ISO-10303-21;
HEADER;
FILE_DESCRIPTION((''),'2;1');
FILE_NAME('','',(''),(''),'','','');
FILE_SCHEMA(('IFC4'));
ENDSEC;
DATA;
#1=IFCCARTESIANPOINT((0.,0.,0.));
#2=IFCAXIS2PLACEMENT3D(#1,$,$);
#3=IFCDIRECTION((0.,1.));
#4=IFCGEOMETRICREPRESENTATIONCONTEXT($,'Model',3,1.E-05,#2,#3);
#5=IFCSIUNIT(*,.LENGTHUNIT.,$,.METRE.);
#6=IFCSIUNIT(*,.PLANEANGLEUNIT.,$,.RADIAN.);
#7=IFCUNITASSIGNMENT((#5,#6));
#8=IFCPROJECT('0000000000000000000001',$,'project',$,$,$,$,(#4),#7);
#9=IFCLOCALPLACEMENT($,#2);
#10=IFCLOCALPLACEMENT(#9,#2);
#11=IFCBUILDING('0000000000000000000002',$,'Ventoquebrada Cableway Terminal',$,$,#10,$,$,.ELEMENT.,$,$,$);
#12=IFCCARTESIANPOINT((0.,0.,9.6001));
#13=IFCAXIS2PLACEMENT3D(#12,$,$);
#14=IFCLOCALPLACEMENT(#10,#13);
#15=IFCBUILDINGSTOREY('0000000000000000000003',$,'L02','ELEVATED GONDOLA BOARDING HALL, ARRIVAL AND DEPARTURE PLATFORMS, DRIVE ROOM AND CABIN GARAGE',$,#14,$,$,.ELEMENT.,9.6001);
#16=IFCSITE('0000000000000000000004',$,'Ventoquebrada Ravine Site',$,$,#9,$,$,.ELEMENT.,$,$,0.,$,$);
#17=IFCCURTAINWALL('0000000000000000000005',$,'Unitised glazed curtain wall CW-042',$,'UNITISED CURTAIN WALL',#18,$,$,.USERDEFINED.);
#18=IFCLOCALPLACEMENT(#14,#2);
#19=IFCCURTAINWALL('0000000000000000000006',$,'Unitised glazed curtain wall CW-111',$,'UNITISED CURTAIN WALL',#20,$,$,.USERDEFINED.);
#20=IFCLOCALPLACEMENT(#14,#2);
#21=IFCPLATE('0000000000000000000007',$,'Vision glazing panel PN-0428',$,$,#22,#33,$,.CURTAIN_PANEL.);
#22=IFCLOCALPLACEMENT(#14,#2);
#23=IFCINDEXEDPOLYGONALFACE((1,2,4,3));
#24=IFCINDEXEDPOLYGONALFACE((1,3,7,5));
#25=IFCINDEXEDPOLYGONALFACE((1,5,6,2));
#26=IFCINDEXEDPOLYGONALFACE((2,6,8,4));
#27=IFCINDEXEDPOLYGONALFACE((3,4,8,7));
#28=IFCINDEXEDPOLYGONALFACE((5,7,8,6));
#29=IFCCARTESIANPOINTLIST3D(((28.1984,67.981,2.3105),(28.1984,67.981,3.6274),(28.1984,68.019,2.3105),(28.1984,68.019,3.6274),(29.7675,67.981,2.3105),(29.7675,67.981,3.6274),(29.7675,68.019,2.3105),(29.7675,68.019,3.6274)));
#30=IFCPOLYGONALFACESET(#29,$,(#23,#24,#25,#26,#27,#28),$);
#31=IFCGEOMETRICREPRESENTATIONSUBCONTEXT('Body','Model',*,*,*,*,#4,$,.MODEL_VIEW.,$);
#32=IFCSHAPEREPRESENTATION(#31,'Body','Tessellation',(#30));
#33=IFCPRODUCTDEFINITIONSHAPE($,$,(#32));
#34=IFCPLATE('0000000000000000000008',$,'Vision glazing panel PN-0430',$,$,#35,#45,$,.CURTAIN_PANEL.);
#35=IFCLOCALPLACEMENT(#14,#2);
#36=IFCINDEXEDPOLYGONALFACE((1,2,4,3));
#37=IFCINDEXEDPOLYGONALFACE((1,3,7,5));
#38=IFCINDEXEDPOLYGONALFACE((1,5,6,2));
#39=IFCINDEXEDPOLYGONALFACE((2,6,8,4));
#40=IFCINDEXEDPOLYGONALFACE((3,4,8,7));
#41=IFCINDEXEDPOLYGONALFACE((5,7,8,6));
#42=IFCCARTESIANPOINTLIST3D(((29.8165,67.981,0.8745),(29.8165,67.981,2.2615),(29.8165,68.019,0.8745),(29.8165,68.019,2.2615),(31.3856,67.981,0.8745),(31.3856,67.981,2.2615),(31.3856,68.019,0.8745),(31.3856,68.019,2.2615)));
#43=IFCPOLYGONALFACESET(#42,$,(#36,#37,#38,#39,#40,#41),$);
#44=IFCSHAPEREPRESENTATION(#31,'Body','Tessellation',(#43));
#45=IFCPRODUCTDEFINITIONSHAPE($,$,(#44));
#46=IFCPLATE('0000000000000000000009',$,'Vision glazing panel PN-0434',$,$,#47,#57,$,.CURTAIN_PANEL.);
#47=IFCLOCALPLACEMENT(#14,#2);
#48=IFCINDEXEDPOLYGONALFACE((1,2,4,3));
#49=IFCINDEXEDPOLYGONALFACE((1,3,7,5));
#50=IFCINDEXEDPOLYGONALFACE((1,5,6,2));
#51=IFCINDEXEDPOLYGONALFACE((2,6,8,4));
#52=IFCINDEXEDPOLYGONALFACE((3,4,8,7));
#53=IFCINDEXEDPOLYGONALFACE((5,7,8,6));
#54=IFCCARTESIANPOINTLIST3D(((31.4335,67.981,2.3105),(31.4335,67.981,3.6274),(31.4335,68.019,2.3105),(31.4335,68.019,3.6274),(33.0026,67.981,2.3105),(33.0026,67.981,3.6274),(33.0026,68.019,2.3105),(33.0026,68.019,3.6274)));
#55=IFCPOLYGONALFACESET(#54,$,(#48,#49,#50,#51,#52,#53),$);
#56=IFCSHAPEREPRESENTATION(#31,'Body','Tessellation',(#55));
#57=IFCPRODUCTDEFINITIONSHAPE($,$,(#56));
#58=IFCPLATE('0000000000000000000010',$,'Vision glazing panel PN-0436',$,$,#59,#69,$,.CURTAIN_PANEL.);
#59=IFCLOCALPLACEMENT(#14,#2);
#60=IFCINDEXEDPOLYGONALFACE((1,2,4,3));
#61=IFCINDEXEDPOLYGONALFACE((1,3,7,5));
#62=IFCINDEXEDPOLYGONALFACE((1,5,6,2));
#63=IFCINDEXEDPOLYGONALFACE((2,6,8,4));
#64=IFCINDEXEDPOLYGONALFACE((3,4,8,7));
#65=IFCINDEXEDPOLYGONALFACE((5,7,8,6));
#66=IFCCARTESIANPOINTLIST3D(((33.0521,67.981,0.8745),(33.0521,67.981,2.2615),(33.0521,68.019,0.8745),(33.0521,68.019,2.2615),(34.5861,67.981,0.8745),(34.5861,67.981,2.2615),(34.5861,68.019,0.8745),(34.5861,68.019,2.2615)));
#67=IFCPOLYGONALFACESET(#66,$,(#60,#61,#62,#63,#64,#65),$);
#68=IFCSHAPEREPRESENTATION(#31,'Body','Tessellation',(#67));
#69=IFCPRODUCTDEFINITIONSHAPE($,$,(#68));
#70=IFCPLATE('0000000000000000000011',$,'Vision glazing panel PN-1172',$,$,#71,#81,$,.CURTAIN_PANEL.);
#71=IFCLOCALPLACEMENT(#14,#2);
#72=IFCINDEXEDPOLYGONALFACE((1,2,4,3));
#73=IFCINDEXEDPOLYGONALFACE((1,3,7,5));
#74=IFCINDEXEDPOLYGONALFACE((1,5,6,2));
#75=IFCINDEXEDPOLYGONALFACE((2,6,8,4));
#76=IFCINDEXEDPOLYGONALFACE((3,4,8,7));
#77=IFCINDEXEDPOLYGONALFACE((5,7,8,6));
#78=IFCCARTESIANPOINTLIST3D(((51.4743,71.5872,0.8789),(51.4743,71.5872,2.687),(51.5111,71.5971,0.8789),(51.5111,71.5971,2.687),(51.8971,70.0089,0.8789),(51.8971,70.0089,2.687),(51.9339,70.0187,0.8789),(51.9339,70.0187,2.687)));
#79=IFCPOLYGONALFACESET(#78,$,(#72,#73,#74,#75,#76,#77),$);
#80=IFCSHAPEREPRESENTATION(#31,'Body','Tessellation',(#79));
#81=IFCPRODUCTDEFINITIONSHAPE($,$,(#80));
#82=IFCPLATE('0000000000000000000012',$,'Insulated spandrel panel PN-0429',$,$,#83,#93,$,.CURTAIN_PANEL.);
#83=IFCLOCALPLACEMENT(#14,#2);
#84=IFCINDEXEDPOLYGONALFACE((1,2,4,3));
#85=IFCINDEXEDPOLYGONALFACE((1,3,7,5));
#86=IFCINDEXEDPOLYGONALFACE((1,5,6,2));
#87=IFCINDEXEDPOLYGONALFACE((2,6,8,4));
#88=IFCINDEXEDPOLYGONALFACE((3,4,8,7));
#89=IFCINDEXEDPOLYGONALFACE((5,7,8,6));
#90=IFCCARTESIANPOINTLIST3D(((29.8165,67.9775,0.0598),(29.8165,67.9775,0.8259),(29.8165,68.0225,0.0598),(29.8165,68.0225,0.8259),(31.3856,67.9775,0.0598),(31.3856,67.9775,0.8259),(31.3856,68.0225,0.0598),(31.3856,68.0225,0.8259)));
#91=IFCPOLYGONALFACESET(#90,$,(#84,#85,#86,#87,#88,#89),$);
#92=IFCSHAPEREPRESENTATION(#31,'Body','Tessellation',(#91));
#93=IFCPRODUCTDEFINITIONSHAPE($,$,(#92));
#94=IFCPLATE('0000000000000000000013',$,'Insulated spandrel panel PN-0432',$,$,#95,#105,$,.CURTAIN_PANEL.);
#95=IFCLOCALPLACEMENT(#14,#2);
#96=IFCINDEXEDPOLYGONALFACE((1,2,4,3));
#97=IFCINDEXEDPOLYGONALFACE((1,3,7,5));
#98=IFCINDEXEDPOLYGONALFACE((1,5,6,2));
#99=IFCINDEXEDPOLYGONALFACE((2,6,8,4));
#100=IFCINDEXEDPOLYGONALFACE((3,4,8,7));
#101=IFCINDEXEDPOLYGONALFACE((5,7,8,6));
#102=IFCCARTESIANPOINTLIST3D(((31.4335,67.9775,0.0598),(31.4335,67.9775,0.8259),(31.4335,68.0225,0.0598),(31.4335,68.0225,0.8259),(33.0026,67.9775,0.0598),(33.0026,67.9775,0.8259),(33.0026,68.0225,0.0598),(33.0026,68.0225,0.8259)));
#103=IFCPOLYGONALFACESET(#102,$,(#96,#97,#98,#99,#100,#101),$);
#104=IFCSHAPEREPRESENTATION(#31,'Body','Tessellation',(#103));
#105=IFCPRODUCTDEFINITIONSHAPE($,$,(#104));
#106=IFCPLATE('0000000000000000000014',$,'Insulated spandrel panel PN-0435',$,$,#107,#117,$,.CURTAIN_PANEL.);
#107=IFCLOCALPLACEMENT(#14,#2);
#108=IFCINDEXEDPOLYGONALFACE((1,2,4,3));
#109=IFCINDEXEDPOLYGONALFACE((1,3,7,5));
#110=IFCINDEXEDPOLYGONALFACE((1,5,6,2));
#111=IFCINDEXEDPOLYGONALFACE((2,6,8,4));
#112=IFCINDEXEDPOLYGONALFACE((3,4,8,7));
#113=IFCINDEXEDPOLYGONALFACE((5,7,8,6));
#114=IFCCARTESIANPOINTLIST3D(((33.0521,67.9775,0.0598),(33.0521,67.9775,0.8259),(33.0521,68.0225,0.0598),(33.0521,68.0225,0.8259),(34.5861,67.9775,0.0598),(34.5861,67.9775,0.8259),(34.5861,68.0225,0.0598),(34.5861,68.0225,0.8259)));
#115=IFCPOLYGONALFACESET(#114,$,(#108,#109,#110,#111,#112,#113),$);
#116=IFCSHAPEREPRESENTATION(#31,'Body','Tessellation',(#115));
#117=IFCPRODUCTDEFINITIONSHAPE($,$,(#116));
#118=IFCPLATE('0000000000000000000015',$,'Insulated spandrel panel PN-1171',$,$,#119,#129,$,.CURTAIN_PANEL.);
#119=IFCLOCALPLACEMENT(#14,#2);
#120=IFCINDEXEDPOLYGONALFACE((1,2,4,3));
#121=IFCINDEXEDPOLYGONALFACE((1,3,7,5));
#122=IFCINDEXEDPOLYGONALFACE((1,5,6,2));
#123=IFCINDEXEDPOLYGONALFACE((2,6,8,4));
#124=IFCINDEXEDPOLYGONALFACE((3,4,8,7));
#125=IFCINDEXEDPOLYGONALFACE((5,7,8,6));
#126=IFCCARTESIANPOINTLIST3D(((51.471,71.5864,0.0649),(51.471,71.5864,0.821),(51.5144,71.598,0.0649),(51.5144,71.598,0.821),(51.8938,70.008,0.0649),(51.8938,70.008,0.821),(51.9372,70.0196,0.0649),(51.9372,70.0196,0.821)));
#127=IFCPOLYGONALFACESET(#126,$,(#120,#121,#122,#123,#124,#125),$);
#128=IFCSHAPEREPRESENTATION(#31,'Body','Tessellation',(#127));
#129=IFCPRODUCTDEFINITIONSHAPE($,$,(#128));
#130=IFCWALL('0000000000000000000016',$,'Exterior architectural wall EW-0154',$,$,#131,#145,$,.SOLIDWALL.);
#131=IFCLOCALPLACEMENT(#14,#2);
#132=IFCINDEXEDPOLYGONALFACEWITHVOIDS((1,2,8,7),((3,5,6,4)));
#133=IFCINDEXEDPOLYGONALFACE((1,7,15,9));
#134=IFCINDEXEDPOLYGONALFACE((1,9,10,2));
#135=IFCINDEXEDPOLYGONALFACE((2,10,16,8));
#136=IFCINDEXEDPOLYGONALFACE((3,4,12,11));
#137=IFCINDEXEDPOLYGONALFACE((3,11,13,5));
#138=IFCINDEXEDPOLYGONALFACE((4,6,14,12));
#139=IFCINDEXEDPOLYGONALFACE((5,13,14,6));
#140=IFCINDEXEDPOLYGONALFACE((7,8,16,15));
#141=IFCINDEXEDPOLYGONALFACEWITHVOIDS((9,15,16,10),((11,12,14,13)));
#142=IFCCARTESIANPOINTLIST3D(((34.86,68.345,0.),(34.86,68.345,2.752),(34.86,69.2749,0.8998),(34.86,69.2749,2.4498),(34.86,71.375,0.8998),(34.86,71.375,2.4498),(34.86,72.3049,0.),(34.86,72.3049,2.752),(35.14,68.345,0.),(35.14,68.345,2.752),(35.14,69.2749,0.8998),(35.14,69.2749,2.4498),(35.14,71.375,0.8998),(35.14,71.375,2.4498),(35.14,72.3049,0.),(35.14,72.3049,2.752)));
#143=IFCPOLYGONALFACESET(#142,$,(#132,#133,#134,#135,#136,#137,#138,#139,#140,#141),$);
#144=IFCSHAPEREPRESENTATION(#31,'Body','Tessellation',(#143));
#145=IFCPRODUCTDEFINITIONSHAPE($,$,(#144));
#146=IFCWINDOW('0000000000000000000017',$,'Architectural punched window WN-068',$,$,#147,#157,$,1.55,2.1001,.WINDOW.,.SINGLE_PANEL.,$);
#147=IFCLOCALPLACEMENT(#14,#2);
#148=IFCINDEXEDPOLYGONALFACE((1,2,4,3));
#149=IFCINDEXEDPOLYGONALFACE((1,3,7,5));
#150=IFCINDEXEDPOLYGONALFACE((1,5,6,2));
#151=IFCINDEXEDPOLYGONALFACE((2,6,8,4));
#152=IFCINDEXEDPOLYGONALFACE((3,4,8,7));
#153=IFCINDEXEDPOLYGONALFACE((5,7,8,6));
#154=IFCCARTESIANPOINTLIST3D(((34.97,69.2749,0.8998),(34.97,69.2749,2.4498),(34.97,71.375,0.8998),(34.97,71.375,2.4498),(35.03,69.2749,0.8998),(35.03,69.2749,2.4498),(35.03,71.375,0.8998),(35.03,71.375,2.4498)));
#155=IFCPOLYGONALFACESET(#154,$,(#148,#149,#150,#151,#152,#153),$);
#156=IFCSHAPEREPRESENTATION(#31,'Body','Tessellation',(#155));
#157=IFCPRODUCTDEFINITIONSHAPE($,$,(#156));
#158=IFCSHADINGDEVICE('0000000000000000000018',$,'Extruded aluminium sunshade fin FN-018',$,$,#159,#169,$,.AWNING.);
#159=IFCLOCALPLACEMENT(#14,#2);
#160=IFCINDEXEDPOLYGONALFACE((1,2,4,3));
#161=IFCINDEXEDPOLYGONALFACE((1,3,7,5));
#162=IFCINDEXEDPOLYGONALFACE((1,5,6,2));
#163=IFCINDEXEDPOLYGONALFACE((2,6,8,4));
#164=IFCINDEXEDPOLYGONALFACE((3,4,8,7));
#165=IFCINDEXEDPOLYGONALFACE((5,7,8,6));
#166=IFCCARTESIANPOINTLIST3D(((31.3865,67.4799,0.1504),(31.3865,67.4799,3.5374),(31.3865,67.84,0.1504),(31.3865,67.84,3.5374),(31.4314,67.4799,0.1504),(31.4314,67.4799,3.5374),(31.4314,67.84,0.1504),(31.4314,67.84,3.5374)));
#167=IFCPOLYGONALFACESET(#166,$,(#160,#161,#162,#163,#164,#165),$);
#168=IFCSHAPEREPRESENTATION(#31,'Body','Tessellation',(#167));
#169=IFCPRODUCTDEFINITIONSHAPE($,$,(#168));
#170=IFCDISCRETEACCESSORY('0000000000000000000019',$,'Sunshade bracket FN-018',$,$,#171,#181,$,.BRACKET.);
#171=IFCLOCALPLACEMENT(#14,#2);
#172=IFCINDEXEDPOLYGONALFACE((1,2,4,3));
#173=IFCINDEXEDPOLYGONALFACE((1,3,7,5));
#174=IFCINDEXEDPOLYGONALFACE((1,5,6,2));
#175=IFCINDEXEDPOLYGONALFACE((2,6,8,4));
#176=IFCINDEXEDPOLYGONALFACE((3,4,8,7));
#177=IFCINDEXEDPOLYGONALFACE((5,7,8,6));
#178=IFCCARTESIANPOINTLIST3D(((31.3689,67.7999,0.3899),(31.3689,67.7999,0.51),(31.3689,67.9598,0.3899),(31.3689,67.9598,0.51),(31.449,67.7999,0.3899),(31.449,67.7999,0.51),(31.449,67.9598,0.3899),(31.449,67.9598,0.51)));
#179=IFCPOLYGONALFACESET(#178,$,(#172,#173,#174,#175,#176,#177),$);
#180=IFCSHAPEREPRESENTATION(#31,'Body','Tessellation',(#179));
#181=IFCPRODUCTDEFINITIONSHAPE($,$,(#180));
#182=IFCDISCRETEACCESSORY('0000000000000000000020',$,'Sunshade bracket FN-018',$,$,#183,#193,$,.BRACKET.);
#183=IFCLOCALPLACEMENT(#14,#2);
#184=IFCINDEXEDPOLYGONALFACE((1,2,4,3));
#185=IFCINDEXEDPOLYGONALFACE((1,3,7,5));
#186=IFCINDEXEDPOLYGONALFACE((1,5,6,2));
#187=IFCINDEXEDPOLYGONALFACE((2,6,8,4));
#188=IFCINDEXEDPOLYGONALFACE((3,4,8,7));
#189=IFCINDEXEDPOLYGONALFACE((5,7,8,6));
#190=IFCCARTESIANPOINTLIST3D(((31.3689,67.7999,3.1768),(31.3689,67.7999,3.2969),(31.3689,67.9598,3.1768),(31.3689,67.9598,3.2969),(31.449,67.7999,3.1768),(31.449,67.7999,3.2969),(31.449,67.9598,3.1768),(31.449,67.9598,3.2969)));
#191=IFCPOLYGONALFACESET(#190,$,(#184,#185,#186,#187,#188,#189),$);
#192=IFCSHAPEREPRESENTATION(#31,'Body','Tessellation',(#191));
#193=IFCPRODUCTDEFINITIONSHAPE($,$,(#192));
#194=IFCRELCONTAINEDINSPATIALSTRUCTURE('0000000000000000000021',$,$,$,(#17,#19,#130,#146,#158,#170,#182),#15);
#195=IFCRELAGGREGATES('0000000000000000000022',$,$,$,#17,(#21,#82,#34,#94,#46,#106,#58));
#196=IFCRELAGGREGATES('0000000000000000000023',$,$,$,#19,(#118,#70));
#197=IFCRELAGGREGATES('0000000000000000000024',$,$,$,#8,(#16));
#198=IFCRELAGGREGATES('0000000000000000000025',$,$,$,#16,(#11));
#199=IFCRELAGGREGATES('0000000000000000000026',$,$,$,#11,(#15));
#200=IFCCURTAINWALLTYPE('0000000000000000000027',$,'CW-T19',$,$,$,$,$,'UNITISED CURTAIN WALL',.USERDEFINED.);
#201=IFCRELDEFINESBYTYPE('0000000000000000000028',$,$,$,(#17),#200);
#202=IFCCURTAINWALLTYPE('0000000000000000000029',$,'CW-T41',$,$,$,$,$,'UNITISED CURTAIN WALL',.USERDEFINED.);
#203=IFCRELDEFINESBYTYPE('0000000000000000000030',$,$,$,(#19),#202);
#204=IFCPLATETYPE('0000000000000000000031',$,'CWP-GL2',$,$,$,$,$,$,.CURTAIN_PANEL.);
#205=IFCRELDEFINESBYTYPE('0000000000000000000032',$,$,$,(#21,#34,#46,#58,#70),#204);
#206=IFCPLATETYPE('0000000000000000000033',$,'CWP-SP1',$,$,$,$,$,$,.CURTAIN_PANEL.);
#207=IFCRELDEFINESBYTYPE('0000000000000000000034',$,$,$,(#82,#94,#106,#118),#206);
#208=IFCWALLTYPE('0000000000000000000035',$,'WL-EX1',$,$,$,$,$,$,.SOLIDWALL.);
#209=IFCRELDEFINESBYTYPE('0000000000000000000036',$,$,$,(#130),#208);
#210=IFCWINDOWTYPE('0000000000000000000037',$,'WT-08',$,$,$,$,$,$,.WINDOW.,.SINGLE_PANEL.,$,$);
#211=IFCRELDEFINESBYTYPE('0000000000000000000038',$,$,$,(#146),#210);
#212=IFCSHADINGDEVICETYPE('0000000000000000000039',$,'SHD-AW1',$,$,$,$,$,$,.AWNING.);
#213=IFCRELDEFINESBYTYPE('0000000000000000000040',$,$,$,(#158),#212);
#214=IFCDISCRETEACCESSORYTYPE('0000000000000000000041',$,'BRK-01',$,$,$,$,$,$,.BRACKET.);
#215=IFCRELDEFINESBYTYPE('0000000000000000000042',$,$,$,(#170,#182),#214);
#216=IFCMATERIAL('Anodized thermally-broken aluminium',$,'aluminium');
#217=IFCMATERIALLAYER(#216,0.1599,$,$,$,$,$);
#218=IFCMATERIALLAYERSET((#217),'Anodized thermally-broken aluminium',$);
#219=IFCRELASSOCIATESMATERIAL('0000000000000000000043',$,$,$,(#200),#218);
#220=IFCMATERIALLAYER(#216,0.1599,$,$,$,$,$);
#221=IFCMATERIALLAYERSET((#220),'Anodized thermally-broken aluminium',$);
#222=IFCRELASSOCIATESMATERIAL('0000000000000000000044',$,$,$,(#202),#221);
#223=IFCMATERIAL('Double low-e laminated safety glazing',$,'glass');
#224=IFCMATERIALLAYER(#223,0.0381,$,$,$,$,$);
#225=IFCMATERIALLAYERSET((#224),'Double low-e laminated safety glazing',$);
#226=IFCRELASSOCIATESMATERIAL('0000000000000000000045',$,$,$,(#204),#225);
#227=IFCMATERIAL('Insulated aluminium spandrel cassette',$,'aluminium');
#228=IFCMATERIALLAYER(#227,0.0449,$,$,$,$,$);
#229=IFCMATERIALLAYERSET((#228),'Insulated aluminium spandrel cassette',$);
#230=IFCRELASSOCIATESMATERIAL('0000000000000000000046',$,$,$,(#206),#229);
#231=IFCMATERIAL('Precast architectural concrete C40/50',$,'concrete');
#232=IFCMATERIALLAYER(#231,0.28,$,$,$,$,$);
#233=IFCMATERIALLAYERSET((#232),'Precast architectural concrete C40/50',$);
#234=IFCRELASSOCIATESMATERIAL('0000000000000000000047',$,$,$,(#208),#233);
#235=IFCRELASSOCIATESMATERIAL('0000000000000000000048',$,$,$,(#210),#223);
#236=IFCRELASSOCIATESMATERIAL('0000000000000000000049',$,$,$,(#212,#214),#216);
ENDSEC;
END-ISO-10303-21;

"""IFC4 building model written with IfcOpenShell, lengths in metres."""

from ifc_helpers import new_model, si_unit, direction, frame, frame_2d, origin, origin_2d, place, context, subcontext, project, spatial, rectangle, extrude, material, layer, layer_set, type_object, element, fill, aggregate, save


model = new_model("IFC4")

# Units and contexts
model_context = context("Model", 3, precision=1e-05, world=origin(), true_north=direction((0.0, 1.0)))
body_context = subcontext(model_context, "Body", "Model", "MODEL_VIEW")
ifc_project = project(units=[si_unit("LENGTHUNIT", "METRE"), si_unit("PLANEANGLEUNIT", "RADIAN")], contexts=[model_context])

# Site, building, storey
site_placement = place(None, origin())
site = spatial("IfcSite", under=ifc_project, at=site_placement, Name="Ventoquebrada Ravine Site", CompositionType="ELEMENT", RefElevation=0.0)
building_placement = place(site_placement, origin())
building = spatial("IfcBuilding", under=site, at=building_placement, Name="Ventoquebrada Cableway Terminal", CompositionType="ELEMENT")
storey_placement = place(building_placement, frame((0.0, 0.0, 9.6001)))
storey = spatial("IfcBuildingStorey", under=building, at=storey_placement, Name="L02", Description="ELEVATED GONDOLA BOARDING HALL, ARRIVAL AND DEPARTURE PLATFORMS, DRIVE ROOM AND CABIN GARAGE", CompositionType="ELEMENT", Elevation=9.6001)

# Curtain wall
ifc_material_1 = material(Name="Anodized thermally-broken aluminium", Category="aluminium")
ifc_layer_1 = layer(ifc_material_1, 0.1599)
ifc_layer_set_1 = layer_set([ifc_layer_1], Name="Anodized thermally-broken aluminium")
curtain_wall_type_1 = type_object("IfcCurtainWallType", Name="CW-T19", ElementType="UNITISED CURTAIN WALL", PredefinedType="USERDEFINED", material=ifc_layer_set_1)
curtain_wall_1_placement = place(storey_placement, origin())
curtain_wall_1 = element("IfcCurtainWall", 1, at=curtain_wall_1_placement, inside=storey, type_object=curtain_wall_type_1, Name="Unitised glazed curtain wall CW-042", ObjectType="UNITISED CURTAIN WALL", PredefinedType="USERDEFINED")

# Curtain wall
ifc_layer_2 = layer(ifc_material_1, 0.1599)
ifc_layer_set_2 = layer_set([ifc_layer_2], Name="Anodized thermally-broken aluminium")
curtain_wall_type_2 = type_object("IfcCurtainWallType", Name="CW-T41", ElementType="UNITISED CURTAIN WALL", PredefinedType="USERDEFINED", material=ifc_layer_set_2)
curtain_wall_2_placement = place(storey_placement, origin())
curtain_wall_2 = element("IfcCurtainWall", 2, at=curtain_wall_2_placement, inside=storey, type_object=curtain_wall_type_2, Name="Unitised glazed curtain wall CW-111", ObjectType="UNITISED CURTAIN WALL", PredefinedType="USERDEFINED")

# Plates
ifc_material_2 = material(Name="Double low-e laminated safety glazing", Category="glass")
ifc_layer_3 = layer(ifc_material_2, 0.0381)
ifc_layer_set_3 = layer_set([ifc_layer_3], Name="Double low-e laminated safety glazing")
plate_type_1 = type_object("IfcPlateType", Name="CWP-GL2", PredefinedType="CURTAIN_PANEL", material=ifc_layer_set_3)
plate_1_placement = place(storey_placement, frame((28.9829, 68.0, 2.3105), z_axis=(0.0, 0.0, 1.0), x_axis=(1.0, 0.0, 0.0)))
plate_1 = element("IfcPlate", 3, at=plate_1_placement, type_object=plate_type_1, Name="Vision glazing panel PN-0428", PredefinedType="CURTAIN_PANEL", context=body_context, shape_type="SweptSolid", body=[
    extrude(rectangle(XDim=1.5691, YDim=0.0381, at=origin_2d()), origin(), (0.0, 0.0, 1.0), 1.3169),
])
plate_2_placement = place(storey_placement, frame((30.6011, 68.0, 0.8745), z_axis=(0.0, 0.0, 1.0), x_axis=(1.0, 0.0, 0.0)))
plate_2 = element("IfcPlate", 4, at=plate_2_placement, type_object=plate_type_1, Name="Vision glazing panel PN-0430", PredefinedType="CURTAIN_PANEL", context=body_context, shape_type="SweptSolid", body=[
    extrude(rectangle(XDim=1.5691, YDim=0.0381, at=origin_2d()), origin(), (0.0, 0.0, 1.0), 1.387),
])
plate_3_placement = place(storey_placement, frame((32.218, 68.0, 2.3105), z_axis=(0.0, 0.0, 1.0), x_axis=(1.0, 0.0, 0.0)))
plate_3 = element("IfcPlate", 5, at=plate_3_placement, type_object=plate_type_1, Name="Vision glazing panel PN-0434", PredefinedType="CURTAIN_PANEL", context=body_context, shape_type="SweptSolid", body=[
    extrude(rectangle(XDim=1.5691, YDim=0.0381, at=origin_2d()), origin(), (0.0, 0.0, 1.0), 1.3169),
])
plate_4_placement = place(storey_placement, frame((33.8191, 68.0, 0.8745), z_axis=(0.0, 0.0, 1.0), x_axis=(1.0, 0.0, 0.0)))
plate_4 = element("IfcPlate", 6, at=plate_4_placement, type_object=plate_type_1, Name="Vision glazing panel PN-0436", PredefinedType="CURTAIN_PANEL", context=body_context, shape_type="SweptSolid", body=[
    extrude(rectangle(XDim=1.5339, YDim=0.0381, at=origin_2d()), origin(), (0.0, 0.0, 1.0), 1.387),
])
plate_5_placement = place(storey_placement, frame((51.7041, 70.803, 0.8789), z_axis=(0.0, 0.0, 1.0), x_axis=(0.258752, -0.965944, 0.0)))
plate_5 = element("IfcPlate", 7, at=plate_5_placement, type_object=plate_type_1, Name="Vision glazing panel PN-1172", PredefinedType="CURTAIN_PANEL", context=body_context, shape_type="SweptSolid", body=[
    extrude(rectangle(XDim=1.634, YDim=0.0381, at=origin_2d()), origin(), (0.0, 0.0, 1.0), 1.8081),
])
ifc_material_3 = material(Name="Insulated aluminium spandrel cassette", Category="aluminium")
ifc_layer_4 = layer(ifc_material_3, 0.0449)
ifc_layer_set_4 = layer_set([ifc_layer_4], Name="Insulated aluminium spandrel cassette")
plate_type_2 = type_object("IfcPlateType", Name="CWP-SP1", PredefinedType="CURTAIN_PANEL", material=ifc_layer_set_4)
plate_6_placement = place(storey_placement, frame((30.6011, 68.0, 0.0598), z_axis=(0.0, 0.0, 1.0), x_axis=(1.0, 0.0, 0.0)))
plate_6 = element("IfcPlate", 8, at=plate_6_placement, type_object=plate_type_2, Name="Insulated spandrel panel PN-0429", PredefinedType="CURTAIN_PANEL", context=body_context, shape_type="SweptSolid", body=[
    extrude(rectangle(XDim=1.5691, YDim=0.0449, at=origin_2d()), origin(), (0.0, 0.0, 1.0), 0.7661),
])
plate_7_placement = place(storey_placement, frame((32.218, 68.0, 0.0598), z_axis=(0.0, 0.0, 1.0), x_axis=(1.0, 0.0, 0.0)))
plate_7 = element("IfcPlate", 9, at=plate_7_placement, type_object=plate_type_2, Name="Insulated spandrel panel PN-0432", PredefinedType="CURTAIN_PANEL", context=body_context, shape_type="SweptSolid", body=[
    extrude(rectangle(XDim=1.5691, YDim=0.0449, at=origin_2d()), origin(), (0.0, 0.0, 1.0), 0.7661),
])
plate_8_placement = place(storey_placement, frame((33.8191, 68.0, 0.0598), z_axis=(0.0, 0.0, 1.0), x_axis=(1.0, 0.0, 0.0)))
plate_8 = element("IfcPlate", 10, at=plate_8_placement, type_object=plate_type_2, Name="Insulated spandrel panel PN-0435", PredefinedType="CURTAIN_PANEL", context=body_context, shape_type="SweptSolid", body=[
    extrude(rectangle(XDim=1.5339, YDim=0.0449, at=origin_2d()), origin(), (0.0, 0.0, 1.0), 0.7661),
])
aggregate(curtain_wall_1, [plate_1, plate_6, plate_2, plate_7, plate_3, plate_8, plate_4])
plate_9_placement = place(storey_placement, frame((51.7041, 70.803, 0.0649), z_axis=(0.0, 0.0, 1.0), x_axis=(0.258752, -0.965944, 0.0)))
plate_9 = element("IfcPlate", 11, at=plate_9_placement, type_object=plate_type_2, Name="Insulated spandrel panel PN-1171", PredefinedType="CURTAIN_PANEL", context=body_context, shape_type="SweptSolid", body=[
    extrude(rectangle(XDim=1.634, YDim=0.0449, at=origin_2d()), origin(), (0.0, 0.0, 1.0), 0.7561),
])
aggregate(curtain_wall_2, [plate_9, plate_5])

# Wall, opening, window
ifc_material_4 = material(Name="Precast architectural concrete C40/50", Category="concrete")
ifc_layer_5 = layer(ifc_material_4, 0.28)
ifc_layer_set_5 = layer_set([ifc_layer_5], Name="Precast architectural concrete C40/50")
wall_type = type_object("IfcWallType", Name="WL-EX1", PredefinedType="SOLIDWALL", material=ifc_layer_set_5)
wall_placement = place(storey_placement, frame((35.0, 68.345, 0.0), z_axis=(0.0, 0.0, 1.0), x_axis=(0.0, 1.0, 0.0)))
wall = element("IfcWall", 12, at=wall_placement, inside=storey, type_object=wall_type, Name="Exterior architectural wall EW-0154", PredefinedType="SOLIDWALL", context=body_context, shape_type="SweptSolid", body=[
    extrude(rectangle(XDim=3.96, YDim=0.28, at=frame_2d((1.98, 0.0))), origin(), (0.0, 0.0, 1.0), 2.752),
])
opening_placement = place(wall_placement, frame((0.9299, 0.0, 0.8999)))
opening = element("IfcOpeningElement", 13, at=opening_placement, cuts=wall, PredefinedType="OPENING", context=body_context, shape_type="SweptSolid", body=[
    extrude(rectangle(XDim=2.1001, YDim=1.55, at=frame_2d((1.05, 0.7749))), frame((0.0, 0.1499, 0.0), z_axis=(0.0, -1.0, 0.0), x_axis=(1.0, 0.0, 0.0)), (0.0, 0.0, 1.0), 0.3),
])
window_type = type_object("IfcWindowType", Name="WT-08", PartitioningType="SINGLE_PANEL", PredefinedType="WINDOW", material=ifc_material_2)
window_placement = place(opening_placement, origin())
window = element("IfcWindow", 14, at=window_placement, inside=storey, type_object=window_type, Name="Architectural punched window WN-068", OverallHeight=1.55, OverallWidth=2.1001, PartitioningType="SINGLE_PANEL", PredefinedType="WINDOW", context=body_context, shape_type="SweptSolid", body=[
    extrude(rectangle(XDim=2.1001, YDim=1.55, at=frame_2d((1.05, 0.7749))), frame((0.0, 0.03, 0.0), z_axis=(0.0, -1.0, 0.0), x_axis=(1.0, 0.0, 0.0)), (0.0, 0.0, 1.0), 0.0601),
])
fill(opening, window)

# Shading device
shading_device_type = type_object("IfcShadingDeviceType", Name="SHD-AW1", PredefinedType="AWNING", material=ifc_material_1)
shading_device_placement = place(storey_placement, frame((31.4089, 67.6599, 0.1504), z_axis=(0.0, 0.0, 1.0), x_axis=(1.0, 0.0, 0.0)))
element("IfcShadingDevice", 15, at=shading_device_placement, inside=storey, type_object=shading_device_type, Name="Extruded aluminium sunshade fin FN-018", PredefinedType="AWNING", context=body_context, shape_type="SweptSolid", body=[
    extrude(rectangle(XDim=0.0449, YDim=0.3601, at=origin_2d()), origin(), (0.0, 0.0, 1.0), 3.387),
])

# Discrete accessories
discrete_accessory_type = type_object("IfcDiscreteAccessoryType", Name="BRK-01", PredefinedType="BRACKET", material=ifc_material_1)
for number, where, z_axis, x_axis, name in (
    (16, (31.4089, 67.8799, 0.3899), (0.0, 0.0, 1.0), (1.0, 0.0, 0.0), "Sunshade bracket FN-018"),
    (17, (31.4089, 67.8799, 3.1768), (0.0, 0.0, 1.0), (1.0, 0.0, 0.0), "Sunshade bracket FN-018"),
):
    element("IfcDiscreteAccessory", number, at=place(storey_placement, frame(where, z_axis=z_axis, x_axis=x_axis)), inside=storey, type_object=discrete_accessory_type, Name=name, PredefinedType="BRACKET", context=body_context, shape_type="SweptSolid", body=[
        extrude(rectangle(XDim=0.0801, YDim=0.1599, at=origin_2d()), origin(), (0.0, 0.0, 1.0), 0.1201),
    ])

save(model, "model.ifc")
